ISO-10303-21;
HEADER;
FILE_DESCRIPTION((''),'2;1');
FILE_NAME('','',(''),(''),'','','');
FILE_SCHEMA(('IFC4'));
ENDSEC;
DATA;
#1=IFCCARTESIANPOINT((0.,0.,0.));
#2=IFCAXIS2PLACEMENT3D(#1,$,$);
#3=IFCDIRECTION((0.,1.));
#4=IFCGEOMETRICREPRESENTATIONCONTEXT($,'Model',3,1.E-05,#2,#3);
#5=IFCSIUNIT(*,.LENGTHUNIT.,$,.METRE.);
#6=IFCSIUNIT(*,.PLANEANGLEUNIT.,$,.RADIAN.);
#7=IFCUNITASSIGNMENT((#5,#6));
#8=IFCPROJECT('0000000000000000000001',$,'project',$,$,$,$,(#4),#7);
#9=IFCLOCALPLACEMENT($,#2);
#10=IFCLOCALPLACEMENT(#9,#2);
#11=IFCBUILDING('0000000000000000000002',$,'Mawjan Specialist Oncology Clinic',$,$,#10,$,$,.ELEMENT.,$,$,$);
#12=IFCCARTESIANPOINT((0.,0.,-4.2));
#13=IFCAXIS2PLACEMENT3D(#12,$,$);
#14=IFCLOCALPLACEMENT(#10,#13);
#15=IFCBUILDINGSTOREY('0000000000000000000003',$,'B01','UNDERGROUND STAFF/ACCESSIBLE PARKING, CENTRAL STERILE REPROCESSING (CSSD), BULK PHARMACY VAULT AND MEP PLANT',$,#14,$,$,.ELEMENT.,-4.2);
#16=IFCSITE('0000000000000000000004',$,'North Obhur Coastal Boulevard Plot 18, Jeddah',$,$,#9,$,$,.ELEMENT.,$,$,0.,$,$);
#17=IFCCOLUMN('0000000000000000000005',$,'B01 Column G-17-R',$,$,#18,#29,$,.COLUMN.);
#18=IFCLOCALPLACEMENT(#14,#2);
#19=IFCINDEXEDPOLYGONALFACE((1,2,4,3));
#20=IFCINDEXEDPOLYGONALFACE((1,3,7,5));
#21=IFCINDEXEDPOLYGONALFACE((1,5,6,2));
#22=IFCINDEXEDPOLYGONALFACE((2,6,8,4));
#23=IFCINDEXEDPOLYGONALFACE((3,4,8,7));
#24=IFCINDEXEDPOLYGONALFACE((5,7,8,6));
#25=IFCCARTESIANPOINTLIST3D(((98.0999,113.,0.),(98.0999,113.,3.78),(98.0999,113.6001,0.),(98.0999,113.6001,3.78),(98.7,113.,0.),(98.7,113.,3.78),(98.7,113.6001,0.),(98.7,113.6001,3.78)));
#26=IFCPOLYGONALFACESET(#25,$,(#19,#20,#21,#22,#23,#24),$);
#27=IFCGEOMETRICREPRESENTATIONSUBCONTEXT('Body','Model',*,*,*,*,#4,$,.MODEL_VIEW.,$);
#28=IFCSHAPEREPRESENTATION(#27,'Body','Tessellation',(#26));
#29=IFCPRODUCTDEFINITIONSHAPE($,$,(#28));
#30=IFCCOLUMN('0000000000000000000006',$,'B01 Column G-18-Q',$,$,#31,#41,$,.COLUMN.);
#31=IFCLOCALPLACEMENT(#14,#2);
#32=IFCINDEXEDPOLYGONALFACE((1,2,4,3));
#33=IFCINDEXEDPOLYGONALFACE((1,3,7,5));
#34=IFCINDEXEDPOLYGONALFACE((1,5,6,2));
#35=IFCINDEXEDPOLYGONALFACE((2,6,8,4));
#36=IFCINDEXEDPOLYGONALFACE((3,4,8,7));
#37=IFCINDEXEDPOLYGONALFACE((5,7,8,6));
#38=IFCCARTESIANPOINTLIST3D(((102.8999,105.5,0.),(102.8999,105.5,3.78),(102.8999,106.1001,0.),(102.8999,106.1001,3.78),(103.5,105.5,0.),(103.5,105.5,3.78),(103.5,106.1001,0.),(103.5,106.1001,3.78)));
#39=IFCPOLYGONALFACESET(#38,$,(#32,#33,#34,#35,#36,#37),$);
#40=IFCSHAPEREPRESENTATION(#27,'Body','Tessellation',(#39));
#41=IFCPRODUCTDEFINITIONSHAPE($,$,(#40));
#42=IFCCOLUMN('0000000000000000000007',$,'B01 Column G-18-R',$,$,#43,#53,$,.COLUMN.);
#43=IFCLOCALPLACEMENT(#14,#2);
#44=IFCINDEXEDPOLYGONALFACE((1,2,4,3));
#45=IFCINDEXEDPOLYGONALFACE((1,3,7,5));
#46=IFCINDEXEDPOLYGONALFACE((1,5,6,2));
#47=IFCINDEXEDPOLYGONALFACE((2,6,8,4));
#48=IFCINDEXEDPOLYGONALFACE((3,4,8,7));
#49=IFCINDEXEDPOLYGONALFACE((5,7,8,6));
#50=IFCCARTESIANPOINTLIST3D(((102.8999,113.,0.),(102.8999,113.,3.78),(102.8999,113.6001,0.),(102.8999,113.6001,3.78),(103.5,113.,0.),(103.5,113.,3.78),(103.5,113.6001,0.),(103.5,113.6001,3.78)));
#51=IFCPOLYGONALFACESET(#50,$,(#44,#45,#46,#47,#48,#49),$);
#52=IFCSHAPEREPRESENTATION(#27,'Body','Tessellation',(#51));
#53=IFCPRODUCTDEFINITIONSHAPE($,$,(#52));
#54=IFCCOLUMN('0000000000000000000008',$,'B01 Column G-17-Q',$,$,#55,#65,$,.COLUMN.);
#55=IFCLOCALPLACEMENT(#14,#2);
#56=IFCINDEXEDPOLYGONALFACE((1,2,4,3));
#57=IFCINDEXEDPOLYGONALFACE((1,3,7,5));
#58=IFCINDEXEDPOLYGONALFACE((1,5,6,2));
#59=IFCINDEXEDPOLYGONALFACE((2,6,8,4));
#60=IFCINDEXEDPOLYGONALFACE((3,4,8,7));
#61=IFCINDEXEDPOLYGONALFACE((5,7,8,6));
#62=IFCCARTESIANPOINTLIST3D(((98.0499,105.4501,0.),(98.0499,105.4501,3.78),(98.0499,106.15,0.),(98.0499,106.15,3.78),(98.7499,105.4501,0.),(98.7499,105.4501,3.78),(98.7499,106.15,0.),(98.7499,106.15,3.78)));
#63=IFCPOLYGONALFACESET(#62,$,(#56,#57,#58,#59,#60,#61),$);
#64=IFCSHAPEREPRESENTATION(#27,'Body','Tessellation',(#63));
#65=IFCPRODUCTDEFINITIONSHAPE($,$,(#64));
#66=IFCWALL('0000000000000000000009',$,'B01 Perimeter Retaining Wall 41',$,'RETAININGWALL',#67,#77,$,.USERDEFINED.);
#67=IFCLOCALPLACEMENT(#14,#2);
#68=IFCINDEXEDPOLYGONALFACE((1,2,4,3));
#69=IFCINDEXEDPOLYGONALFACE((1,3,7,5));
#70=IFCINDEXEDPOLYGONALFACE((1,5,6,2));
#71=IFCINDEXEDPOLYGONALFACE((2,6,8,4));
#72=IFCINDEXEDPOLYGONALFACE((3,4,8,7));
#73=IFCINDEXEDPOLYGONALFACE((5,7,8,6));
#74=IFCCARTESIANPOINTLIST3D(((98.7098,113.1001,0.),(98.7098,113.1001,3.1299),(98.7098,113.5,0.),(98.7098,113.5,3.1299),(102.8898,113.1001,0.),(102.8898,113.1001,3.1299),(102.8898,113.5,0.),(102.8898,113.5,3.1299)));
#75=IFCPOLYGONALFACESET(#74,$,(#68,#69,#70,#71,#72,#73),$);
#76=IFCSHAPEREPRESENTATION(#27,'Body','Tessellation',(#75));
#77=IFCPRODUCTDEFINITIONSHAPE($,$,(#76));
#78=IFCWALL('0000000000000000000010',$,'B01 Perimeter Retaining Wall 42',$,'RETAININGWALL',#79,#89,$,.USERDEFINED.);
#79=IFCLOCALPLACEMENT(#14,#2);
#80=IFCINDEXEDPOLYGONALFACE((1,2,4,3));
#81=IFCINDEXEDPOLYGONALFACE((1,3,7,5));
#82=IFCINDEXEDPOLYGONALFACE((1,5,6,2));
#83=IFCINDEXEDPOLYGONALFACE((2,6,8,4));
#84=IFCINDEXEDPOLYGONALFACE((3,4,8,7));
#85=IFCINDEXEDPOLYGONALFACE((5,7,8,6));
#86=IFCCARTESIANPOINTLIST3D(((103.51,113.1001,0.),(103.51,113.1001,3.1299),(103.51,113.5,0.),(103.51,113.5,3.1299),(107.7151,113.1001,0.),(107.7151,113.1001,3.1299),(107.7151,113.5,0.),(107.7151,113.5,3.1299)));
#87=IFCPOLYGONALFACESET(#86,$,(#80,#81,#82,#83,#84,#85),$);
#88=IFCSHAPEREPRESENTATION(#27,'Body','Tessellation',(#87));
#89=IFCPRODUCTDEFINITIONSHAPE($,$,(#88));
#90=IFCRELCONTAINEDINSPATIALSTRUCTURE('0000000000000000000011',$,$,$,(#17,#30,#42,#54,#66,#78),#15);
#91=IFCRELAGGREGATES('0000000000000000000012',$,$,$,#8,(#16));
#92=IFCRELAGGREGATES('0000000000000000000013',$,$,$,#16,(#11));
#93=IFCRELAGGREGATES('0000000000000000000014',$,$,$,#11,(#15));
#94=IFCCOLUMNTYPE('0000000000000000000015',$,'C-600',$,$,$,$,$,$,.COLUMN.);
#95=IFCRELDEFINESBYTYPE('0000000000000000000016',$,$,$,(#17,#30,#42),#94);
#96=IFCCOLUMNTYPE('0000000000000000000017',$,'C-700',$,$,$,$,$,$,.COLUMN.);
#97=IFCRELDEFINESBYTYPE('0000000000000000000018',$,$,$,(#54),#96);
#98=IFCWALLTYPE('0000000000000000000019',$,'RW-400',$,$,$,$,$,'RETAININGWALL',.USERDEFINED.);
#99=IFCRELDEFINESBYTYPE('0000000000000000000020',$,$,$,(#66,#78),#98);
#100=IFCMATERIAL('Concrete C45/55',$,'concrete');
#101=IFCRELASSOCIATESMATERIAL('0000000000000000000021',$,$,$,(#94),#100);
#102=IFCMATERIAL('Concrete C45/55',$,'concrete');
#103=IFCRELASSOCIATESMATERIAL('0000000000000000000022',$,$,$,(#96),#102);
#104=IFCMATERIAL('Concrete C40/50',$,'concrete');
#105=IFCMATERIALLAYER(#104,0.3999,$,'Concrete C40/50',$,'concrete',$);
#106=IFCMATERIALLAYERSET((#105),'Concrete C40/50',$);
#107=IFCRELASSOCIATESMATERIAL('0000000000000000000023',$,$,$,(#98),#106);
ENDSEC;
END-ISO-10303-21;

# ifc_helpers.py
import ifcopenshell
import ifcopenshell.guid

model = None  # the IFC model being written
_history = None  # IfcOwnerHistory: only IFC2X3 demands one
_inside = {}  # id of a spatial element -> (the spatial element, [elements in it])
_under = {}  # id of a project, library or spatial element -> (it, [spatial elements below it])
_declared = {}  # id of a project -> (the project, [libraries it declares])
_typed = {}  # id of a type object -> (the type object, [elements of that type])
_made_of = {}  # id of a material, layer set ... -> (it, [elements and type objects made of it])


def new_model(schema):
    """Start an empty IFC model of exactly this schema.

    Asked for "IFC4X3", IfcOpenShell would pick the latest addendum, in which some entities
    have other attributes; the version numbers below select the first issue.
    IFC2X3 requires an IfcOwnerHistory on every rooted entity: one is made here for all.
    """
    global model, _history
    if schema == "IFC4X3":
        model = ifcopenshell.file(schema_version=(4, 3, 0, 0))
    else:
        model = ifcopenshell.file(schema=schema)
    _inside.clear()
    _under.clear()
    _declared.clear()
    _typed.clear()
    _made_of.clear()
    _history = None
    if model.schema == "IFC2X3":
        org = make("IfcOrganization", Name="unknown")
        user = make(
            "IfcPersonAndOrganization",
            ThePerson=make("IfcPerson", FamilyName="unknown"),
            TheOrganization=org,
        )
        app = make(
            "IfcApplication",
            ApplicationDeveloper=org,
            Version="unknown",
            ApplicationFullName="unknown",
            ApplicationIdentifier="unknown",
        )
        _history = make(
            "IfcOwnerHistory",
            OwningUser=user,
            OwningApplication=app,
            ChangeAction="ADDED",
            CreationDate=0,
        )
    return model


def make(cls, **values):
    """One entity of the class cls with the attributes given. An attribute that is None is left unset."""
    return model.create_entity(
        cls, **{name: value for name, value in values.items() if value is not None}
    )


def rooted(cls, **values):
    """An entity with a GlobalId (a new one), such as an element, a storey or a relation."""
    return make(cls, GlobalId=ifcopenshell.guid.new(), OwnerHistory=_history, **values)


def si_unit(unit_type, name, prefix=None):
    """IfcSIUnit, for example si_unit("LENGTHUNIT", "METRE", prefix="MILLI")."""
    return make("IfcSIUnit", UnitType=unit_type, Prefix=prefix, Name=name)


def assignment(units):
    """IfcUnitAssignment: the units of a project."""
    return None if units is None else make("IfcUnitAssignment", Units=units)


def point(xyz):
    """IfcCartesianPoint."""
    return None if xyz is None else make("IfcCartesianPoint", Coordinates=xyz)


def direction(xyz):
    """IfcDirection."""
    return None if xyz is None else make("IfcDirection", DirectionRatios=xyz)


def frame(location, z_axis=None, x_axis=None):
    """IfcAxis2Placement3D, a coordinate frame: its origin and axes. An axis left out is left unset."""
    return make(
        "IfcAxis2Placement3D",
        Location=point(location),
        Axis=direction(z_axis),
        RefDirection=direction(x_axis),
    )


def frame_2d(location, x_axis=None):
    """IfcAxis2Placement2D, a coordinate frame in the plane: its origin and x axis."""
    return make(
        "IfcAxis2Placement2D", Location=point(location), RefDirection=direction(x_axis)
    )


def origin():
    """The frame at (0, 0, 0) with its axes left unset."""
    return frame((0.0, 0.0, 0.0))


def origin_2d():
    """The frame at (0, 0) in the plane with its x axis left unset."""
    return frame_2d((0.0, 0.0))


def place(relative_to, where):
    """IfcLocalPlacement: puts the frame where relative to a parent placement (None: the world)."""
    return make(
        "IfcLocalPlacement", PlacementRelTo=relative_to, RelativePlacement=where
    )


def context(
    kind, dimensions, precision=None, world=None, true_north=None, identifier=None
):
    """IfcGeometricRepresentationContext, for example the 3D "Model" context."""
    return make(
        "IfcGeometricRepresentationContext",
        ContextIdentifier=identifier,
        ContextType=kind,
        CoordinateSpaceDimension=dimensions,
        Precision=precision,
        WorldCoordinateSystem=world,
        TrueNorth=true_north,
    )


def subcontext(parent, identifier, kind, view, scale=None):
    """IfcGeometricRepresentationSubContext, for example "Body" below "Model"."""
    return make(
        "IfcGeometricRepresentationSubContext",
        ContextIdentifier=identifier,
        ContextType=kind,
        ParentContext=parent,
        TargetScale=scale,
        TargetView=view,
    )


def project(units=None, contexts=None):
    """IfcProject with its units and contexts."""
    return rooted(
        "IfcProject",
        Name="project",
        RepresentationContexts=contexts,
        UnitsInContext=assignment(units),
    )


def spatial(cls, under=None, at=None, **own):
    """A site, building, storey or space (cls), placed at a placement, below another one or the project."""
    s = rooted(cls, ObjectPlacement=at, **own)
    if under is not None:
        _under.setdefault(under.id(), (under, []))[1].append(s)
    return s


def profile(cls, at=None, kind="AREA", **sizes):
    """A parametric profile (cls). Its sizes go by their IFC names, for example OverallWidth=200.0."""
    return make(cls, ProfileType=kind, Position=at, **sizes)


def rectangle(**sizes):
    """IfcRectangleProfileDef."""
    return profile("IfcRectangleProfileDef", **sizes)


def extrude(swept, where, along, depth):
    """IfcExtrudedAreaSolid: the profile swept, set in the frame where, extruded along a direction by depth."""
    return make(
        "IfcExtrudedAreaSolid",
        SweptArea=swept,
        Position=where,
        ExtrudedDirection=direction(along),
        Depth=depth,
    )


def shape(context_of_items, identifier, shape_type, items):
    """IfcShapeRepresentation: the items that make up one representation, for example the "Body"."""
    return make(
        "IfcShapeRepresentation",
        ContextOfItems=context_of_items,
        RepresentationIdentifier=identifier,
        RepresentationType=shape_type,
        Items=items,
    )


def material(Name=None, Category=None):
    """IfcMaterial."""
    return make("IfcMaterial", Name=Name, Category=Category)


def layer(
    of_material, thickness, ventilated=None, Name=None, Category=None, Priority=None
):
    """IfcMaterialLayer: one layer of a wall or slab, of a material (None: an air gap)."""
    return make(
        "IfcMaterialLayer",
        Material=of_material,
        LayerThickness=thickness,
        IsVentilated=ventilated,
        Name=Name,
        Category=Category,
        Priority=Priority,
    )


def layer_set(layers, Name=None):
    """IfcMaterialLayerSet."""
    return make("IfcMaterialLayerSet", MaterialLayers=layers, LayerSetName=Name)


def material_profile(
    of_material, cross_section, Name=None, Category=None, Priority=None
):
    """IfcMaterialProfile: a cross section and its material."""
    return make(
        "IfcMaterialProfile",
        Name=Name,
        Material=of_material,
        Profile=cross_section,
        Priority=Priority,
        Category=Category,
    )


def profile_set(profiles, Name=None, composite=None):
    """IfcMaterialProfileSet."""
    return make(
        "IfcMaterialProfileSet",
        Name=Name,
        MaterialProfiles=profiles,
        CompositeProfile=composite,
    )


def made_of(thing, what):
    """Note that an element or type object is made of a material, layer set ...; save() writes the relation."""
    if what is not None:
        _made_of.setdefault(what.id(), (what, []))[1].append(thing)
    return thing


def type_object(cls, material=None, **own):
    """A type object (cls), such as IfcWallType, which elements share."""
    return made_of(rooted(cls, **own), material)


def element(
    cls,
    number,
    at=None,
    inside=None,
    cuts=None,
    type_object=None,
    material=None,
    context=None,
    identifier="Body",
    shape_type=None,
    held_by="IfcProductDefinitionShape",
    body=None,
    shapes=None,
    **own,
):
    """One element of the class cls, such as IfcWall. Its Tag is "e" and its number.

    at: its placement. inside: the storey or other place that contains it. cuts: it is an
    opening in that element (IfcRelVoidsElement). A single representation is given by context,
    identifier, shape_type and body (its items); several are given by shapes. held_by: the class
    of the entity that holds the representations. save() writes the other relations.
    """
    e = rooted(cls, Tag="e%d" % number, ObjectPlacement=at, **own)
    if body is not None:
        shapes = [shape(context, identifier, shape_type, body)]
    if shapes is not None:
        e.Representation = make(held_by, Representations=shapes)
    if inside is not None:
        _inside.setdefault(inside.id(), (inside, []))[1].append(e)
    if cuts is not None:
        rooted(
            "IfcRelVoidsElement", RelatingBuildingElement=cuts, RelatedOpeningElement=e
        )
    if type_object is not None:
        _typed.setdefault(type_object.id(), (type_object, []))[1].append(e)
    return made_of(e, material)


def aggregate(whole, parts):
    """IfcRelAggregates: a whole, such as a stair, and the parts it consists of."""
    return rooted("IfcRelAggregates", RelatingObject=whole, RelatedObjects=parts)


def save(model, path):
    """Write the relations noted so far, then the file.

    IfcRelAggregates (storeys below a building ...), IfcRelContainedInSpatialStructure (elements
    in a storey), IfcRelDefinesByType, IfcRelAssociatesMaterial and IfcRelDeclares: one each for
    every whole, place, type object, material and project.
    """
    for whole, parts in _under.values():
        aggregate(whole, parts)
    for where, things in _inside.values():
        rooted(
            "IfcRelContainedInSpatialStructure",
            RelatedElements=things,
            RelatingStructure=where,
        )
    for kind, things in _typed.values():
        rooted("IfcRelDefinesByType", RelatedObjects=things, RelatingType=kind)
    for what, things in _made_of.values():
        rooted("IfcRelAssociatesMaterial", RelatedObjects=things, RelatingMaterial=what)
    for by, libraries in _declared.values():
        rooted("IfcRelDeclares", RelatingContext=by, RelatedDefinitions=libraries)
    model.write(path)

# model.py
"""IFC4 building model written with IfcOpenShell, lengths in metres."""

from ifc_helpers import new_model, si_unit, direction, frame, frame_2d, origin, origin_2d, place, context, subcontext, project, spatial, rectangle, extrude, material, layer, layer_set, material_profile, profile_set, type_object, element, save


model = new_model("IFC4")

# Units and contexts
model_context = context("Model", 3, precision=1e-05, world=origin(), true_north=direction((0.0, 1.0)))
body_context = subcontext(model_context, "Body", "Model", "MODEL_VIEW")
ifc_project = project(units=[si_unit("LENGTHUNIT", "METRE"), si_unit("PLANEANGLEUNIT", "RADIAN")], contexts=[model_context])

# Site, building, storey
site_placement = place(None, origin())
site = spatial("IfcSite", under=ifc_project, at=site_placement, Name="North Obhur Coastal Boulevard Plot 18, Jeddah", CompositionType="ELEMENT", RefElevation=0.0)
building_placement = place(site_placement, origin())
building = spatial("IfcBuilding", under=site, at=building_placement, Name="Mawjan Specialist Oncology Clinic", CompositionType="ELEMENT")
storey_placement = place(building_placement, frame((0.0, 0.0, -4.2)))
storey = spatial("IfcBuildingStorey", under=building, at=storey_placement, Name="B01", Description="UNDERGROUND STAFF/ACCESSIBLE PARKING, CENTRAL STERILE REPROCESSING (CSSD), BULK PHARMACY VAULT AND MEP PLANT", CompositionType="ELEMENT", Elevation=-4.2)

# Columns
ifc_material_1 = material(Name="Concrete C45/55", Category="concrete")
ifc_material_profile_1 = material_profile(ifc_material_1, rectangle(XDim=0.6001, YDim=0.6001, at=origin_2d()), Name="RC COL 600x600", Category="concrete")
ifc_profile_set_1 = profile_set([ifc_material_profile_1], Name="Concrete C45/55")
column_type_1 = type_object("IfcColumnType", Name="C-600", PredefinedType="COLUMN", material=ifc_profile_set_1)
for number, where, z_axis, x_axis, name in (
    (1, (98.3999, 113.3, 0.0), (0.0, 0.0, 1.0), (1.0, 0.0, 0.0), "B01 Column G-17-R"),
    (2, (103.2, 105.8, 0.0), (0.0, 0.0, 1.0), (1.0, 0.0, 0.0), "B01 Column G-18-Q"),
    (3, (103.2, 113.3, 0.0), (0.0, 0.0, 1.0), (1.0, 0.0, 0.0), "B01 Column G-18-R"),
):
    element("IfcColumn", number, at=place(storey_placement, frame(where, z_axis=z_axis, x_axis=x_axis)), inside=storey, type_object=column_type_1, Name=name, PredefinedType="COLUMN", context=body_context, shape_type="SweptSolid", body=[
        extrude(rectangle(XDim=0.6001, YDim=0.6001, at=origin_2d()), origin(), (0.0, 0.0, 1.0), 3.78),
    ])
ifc_material_2 = material(Name="Concrete C45/55", Category="concrete")
ifc_material_profile_2 = material_profile(ifc_material_2, rectangle(XDim=0.7, YDim=0.7, at=origin_2d()), Name="RC COL 700x700", Category="concrete")
ifc_profile_set_2 = profile_set([ifc_material_profile_2], Name="Concrete C45/55")
column_type_2 = type_object("IfcColumnType", Name="C-700", PredefinedType="COLUMN", material=ifc_profile_set_2)
column_placement = place(storey_placement, frame((98.3999, 105.8, 0.0), z_axis=(0.0, 0.0, 1.0), x_axis=(1.0, 0.0, 0.0)))
element("IfcColumn", 4, at=column_placement, inside=storey, type_object=column_type_2, Name="B01 Column G-17-Q", PredefinedType="COLUMN", context=body_context, shape_type="SweptSolid", body=[
    extrude(rectangle(XDim=0.7, YDim=0.7, at=origin_2d()), origin(), (0.0, 0.0, 1.0), 3.78),
])

# Walls
ifc_material_3 = material(Name="Concrete C40/50", Category="concrete")
ifc_layer = layer(ifc_material_3, 0.3999, Name="Concrete C40/50", Category="concrete")
ifc_layer_set = layer_set([ifc_layer], Name="Concrete C40/50")
wall_type = type_object("IfcWallType", Name="RW-400", ElementType="RETAININGWALL", PredefinedType="USERDEFINED", material=ifc_layer_set)
wall_1_placement = place(storey_placement, frame((98.71, 113.3, 0.0), z_axis=(0.0, 0.0, 1.0), x_axis=(1.0, 0.0, 0.0)))
element("IfcWall", 5, at=wall_1_placement, inside=storey, type_object=wall_type, Name="B01 Perimeter Retaining Wall 41", ObjectType="RETAININGWALL", PredefinedType="USERDEFINED", context=body_context, shape_type="SweptSolid", body=[
    extrude(rectangle(XDim=4.1799, YDim=0.3999, at=frame_2d((2.0898, 0.0))), origin(), (0.0, 0.0, 1.0), 3.1299),
])
wall_2_placement = place(storey_placement, frame((103.51, 113.3, 0.0), z_axis=(0.0, 0.0, 1.0), x_axis=(1.0, 0.0, 0.0)))
element("IfcWall", 6, at=wall_2_placement, inside=storey, type_object=wall_type, Name="B01 Perimeter Retaining Wall 42", ObjectType="RETAININGWALL", PredefinedType="USERDEFINED", context=body_context, shape_type="SweptSolid", body=[
    extrude(rectangle(XDim=4.2051, YDim=0.3999, at=frame_2d((2.1025, 0.0))), origin(), (0.0, 0.0, 1.0), 3.1299),
])

save(model, "model.ifc")
